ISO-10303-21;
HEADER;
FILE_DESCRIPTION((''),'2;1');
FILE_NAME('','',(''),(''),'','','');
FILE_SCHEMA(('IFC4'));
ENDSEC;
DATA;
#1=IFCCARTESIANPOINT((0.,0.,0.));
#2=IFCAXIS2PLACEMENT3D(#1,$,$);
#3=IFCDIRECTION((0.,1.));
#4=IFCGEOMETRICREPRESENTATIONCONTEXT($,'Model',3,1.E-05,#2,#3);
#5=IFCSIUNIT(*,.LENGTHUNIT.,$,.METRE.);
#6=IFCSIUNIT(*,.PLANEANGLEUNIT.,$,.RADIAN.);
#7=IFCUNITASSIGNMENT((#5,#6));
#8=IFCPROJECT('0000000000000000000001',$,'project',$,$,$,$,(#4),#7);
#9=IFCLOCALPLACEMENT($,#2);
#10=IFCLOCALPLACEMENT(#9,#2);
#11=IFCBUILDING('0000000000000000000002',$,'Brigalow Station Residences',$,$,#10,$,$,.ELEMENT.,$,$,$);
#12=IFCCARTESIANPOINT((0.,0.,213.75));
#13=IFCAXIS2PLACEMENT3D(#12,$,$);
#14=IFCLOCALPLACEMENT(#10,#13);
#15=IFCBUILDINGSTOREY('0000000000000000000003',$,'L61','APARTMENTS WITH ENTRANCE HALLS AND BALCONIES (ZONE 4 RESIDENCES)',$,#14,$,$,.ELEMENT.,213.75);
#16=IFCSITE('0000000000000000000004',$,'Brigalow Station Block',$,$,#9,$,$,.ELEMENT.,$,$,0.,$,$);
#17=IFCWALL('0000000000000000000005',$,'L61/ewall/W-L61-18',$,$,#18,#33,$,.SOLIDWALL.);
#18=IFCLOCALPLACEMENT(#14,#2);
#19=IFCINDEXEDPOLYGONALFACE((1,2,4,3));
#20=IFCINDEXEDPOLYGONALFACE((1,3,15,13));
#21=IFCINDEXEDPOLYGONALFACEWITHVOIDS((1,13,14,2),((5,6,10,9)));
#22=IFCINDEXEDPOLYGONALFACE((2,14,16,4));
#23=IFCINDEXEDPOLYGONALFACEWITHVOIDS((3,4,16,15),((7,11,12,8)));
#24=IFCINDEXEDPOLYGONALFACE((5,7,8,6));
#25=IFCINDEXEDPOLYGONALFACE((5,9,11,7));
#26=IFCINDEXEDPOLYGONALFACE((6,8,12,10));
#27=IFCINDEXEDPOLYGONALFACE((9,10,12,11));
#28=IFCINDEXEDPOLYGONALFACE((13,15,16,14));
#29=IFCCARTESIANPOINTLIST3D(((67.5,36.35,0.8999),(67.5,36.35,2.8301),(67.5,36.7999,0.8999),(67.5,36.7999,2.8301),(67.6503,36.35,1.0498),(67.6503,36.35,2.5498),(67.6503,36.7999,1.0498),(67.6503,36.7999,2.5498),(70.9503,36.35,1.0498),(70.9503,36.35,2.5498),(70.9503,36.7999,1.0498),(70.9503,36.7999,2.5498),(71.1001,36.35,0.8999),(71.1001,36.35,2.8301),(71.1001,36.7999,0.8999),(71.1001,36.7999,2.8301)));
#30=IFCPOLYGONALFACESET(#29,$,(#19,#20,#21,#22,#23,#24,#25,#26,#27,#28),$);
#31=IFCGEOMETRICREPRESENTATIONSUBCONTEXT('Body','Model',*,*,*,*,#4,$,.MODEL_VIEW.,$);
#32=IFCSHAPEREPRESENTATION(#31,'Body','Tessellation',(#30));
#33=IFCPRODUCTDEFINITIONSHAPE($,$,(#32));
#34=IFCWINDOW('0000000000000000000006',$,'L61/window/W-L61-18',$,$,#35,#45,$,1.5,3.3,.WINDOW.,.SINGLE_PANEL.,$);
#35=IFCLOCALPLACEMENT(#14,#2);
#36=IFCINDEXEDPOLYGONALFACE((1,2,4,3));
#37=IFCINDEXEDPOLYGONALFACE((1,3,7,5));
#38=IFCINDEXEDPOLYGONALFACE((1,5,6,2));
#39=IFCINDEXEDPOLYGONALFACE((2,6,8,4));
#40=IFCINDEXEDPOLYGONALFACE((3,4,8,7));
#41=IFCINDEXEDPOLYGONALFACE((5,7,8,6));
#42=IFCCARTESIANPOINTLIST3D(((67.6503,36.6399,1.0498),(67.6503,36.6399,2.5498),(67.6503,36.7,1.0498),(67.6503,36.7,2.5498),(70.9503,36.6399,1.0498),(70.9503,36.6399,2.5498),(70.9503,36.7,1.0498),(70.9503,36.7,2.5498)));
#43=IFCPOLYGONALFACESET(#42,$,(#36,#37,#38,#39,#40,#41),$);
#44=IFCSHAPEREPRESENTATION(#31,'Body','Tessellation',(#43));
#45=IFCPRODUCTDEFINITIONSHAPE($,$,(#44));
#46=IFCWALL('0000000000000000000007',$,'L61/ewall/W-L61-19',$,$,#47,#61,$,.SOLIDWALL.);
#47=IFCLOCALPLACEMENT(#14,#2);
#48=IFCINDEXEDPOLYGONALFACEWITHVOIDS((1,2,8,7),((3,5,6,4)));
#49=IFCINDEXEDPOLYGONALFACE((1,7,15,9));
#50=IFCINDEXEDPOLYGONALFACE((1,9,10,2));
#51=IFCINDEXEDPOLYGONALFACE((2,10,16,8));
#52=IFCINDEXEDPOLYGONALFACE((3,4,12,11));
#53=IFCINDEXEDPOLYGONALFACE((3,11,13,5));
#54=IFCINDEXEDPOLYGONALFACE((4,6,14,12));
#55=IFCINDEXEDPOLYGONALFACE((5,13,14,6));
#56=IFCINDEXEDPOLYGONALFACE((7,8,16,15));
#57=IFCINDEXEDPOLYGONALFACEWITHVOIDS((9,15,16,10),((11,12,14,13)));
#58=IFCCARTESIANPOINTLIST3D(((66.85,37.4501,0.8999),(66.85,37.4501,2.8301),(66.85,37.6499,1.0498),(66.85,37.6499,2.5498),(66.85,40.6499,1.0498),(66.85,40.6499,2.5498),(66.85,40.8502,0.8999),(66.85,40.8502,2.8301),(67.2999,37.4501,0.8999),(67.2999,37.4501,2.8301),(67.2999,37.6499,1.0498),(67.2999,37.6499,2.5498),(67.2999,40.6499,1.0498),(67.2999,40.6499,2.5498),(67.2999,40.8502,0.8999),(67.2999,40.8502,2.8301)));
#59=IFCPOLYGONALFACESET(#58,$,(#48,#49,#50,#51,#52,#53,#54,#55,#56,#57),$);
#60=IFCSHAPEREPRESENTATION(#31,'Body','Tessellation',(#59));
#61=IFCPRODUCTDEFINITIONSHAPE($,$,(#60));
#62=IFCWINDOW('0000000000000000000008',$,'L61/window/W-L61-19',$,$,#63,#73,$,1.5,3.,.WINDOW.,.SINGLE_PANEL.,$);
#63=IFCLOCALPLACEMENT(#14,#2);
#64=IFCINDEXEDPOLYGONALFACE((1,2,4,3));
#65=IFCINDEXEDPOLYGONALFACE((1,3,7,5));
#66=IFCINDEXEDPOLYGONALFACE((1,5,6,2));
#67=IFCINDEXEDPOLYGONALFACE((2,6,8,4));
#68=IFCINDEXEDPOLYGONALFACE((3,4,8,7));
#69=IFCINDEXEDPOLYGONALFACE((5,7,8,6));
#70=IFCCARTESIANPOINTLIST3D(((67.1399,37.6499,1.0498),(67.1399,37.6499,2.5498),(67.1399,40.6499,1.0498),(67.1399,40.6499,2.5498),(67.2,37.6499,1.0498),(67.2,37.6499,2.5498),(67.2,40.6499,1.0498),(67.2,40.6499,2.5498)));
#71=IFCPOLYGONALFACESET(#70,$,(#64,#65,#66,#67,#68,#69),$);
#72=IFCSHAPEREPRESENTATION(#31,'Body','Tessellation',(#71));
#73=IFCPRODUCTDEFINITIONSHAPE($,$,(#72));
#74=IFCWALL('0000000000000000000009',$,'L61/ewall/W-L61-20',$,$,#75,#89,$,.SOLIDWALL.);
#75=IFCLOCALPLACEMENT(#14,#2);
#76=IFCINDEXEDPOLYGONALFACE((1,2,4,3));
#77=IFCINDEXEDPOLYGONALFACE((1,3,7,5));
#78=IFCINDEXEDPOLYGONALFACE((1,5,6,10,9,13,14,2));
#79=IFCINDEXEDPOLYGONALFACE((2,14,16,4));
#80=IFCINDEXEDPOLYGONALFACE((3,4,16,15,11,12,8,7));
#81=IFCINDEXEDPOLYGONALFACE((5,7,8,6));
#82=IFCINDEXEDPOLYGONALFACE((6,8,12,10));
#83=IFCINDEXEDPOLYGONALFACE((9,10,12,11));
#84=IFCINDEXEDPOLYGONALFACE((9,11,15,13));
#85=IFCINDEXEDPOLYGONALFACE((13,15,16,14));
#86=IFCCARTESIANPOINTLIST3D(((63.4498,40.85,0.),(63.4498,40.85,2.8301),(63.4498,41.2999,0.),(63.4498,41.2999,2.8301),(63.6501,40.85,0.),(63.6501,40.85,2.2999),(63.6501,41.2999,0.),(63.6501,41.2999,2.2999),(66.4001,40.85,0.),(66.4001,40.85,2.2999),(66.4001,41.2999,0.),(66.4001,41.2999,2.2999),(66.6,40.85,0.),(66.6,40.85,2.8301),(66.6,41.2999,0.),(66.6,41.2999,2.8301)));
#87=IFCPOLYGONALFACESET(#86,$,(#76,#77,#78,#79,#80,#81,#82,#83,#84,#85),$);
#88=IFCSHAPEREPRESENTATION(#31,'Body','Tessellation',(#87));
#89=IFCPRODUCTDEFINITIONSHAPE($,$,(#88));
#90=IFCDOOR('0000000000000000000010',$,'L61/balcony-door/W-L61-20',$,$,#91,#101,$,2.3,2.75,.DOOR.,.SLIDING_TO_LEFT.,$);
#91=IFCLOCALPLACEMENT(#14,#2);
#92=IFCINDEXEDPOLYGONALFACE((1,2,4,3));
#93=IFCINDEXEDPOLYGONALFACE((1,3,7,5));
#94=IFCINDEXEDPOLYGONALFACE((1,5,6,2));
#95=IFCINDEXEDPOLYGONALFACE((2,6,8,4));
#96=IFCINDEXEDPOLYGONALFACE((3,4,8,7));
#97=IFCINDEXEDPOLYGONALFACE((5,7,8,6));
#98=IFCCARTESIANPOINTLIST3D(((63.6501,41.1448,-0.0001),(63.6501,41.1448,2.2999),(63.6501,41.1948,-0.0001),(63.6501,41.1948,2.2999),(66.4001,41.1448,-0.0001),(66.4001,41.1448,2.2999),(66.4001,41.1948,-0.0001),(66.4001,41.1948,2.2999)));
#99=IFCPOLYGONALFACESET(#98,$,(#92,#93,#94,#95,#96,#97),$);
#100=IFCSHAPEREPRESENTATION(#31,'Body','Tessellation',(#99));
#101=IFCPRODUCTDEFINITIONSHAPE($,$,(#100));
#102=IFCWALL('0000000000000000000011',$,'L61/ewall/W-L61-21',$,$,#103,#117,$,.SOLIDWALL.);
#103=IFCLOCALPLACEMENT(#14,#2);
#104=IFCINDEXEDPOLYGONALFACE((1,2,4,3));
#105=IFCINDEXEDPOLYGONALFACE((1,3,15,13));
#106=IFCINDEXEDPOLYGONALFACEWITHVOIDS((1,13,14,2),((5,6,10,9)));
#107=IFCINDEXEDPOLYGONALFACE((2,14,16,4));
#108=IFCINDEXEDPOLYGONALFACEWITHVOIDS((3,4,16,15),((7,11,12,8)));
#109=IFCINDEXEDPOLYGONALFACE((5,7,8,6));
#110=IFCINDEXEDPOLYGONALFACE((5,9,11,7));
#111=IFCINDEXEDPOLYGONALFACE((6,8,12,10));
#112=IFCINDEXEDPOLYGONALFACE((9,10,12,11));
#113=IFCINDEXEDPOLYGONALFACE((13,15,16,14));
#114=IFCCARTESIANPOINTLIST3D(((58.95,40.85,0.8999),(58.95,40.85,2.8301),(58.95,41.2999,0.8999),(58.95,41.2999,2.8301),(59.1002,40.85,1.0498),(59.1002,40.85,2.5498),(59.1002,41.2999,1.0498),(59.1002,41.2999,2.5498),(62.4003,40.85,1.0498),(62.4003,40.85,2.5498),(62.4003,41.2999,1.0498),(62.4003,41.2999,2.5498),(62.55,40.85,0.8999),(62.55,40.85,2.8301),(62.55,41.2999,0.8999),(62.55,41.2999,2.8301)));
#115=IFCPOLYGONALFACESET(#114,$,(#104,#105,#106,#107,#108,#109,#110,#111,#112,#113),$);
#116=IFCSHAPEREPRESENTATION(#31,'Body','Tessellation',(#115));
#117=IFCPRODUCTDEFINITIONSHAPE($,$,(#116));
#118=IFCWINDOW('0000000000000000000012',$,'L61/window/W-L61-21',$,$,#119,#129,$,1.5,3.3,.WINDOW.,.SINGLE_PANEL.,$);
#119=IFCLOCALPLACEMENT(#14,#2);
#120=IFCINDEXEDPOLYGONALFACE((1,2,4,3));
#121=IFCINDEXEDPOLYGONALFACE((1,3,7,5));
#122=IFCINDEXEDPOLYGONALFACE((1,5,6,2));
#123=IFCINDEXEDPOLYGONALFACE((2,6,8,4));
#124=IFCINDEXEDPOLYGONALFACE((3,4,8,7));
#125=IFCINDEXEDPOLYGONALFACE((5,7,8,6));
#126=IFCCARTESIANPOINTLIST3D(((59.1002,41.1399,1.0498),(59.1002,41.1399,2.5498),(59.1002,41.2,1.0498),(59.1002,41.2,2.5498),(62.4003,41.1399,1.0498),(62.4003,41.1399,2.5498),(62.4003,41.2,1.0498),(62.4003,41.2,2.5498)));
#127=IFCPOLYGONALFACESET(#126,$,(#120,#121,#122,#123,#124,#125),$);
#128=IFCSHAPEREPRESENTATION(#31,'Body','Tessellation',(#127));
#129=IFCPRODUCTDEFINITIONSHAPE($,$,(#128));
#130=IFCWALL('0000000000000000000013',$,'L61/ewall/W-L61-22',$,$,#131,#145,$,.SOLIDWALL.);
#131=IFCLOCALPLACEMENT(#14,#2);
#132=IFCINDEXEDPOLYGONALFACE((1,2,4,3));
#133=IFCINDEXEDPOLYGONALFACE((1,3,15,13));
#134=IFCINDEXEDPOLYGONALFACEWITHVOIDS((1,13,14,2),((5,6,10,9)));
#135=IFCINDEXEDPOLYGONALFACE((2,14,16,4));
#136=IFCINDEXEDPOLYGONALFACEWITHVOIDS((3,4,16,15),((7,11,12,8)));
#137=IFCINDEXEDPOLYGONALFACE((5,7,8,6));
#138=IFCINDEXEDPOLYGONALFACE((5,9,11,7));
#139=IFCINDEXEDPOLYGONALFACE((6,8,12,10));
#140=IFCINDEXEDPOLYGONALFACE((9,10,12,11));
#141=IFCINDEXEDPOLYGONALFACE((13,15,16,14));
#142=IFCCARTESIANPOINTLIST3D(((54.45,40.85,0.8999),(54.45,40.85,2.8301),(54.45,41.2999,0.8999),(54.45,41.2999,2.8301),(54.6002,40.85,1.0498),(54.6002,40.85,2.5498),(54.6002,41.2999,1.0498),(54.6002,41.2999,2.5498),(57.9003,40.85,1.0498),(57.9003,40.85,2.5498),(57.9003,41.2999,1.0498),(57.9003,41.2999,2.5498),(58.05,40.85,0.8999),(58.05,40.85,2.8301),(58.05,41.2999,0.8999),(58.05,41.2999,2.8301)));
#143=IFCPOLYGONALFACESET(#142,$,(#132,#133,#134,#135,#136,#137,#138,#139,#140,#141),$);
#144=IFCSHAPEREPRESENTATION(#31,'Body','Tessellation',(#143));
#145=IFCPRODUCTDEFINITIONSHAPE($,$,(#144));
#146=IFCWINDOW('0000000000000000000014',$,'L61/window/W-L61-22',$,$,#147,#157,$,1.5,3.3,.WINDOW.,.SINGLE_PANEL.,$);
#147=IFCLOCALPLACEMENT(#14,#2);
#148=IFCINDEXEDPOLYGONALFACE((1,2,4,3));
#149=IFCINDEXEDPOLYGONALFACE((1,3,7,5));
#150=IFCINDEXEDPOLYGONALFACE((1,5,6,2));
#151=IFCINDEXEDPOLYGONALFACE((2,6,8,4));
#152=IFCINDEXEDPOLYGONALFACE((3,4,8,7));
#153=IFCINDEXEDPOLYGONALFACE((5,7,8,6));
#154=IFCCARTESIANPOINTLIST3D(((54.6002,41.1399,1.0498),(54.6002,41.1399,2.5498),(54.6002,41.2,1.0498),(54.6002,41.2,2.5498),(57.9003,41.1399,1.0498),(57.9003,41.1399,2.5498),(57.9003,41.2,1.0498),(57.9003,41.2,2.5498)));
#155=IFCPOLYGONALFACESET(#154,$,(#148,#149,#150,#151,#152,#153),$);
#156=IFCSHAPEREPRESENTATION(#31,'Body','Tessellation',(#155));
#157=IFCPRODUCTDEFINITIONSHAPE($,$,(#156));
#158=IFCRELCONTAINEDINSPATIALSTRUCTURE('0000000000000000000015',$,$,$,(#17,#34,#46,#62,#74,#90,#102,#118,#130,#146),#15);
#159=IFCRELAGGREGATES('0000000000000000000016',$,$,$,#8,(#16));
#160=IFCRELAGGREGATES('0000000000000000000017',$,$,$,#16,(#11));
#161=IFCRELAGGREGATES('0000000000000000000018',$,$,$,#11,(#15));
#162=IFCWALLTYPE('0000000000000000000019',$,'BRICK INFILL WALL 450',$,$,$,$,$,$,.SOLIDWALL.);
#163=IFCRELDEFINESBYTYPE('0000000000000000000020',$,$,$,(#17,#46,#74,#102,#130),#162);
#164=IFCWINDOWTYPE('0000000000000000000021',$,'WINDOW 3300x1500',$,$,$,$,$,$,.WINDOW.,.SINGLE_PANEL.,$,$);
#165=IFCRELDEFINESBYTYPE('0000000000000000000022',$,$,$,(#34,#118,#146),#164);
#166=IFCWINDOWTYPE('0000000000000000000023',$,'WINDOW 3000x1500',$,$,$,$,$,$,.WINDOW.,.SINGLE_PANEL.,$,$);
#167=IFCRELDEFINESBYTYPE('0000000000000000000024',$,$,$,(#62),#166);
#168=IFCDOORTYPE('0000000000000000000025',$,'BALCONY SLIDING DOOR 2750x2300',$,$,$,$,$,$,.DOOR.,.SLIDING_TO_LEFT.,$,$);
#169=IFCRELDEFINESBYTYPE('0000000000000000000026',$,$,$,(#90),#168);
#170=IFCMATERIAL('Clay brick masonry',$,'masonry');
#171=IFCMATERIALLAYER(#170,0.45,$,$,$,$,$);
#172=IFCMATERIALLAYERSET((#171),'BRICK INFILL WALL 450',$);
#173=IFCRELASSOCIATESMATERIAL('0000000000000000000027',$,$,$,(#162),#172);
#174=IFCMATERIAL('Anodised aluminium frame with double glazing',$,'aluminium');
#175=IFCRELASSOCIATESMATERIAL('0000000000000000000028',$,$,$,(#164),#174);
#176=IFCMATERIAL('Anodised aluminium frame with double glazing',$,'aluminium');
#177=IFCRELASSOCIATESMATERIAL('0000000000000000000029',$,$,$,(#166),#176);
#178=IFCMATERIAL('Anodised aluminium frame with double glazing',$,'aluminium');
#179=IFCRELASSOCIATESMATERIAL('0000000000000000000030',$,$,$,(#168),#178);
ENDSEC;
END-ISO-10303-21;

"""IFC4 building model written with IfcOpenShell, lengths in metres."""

from ifc_helpers import new_model, si_unit, direction, frame, frame_2d, origin, place, context, subcontext, project, spatial, rectangle, extrude, material, layer, layer_set, type_object, element, fill, save


model = new_model("IFC4")

# Units and contexts
model_context = context("Model", 3, precision=1e-05, world=origin(), true_north=direction((0.0, 1.0)))
body_context = subcontext(model_context, "Body", "Model", "MODEL_VIEW")
ifc_project = project(units=[si_unit("LENGTHUNIT", "METRE"), si_unit("PLANEANGLEUNIT", "RADIAN")], contexts=[model_context])

# Site, building, storey
site_placement = place(None, origin())
site = spatial("IfcSite", under=ifc_project, at=site_placement, Name="Brigalow Station Block", CompositionType="ELEMENT", RefElevation=0.0)
building_placement = place(site_placement, origin())
building = spatial("IfcBuilding", under=site, at=building_placement, Name="Brigalow Station Residences", CompositionType="ELEMENT")
storey_placement = place(building_placement, frame((0.0, 0.0, 213.75)))
storey = spatial("IfcBuildingStorey", under=building, at=storey_placement, Name="L61", Description="APARTMENTS WITH ENTRANCE HALLS AND BALCONIES (ZONE 4 RESIDENCES)", CompositionType="ELEMENT", Elevation=213.75)

# Walls, openings, windows
ifc_material_1 = material(Name="Clay brick masonry", Category="masonry")
ifc_layer_1 = layer(ifc_material_1, 0.45)
ifc_layer_set_1 = layer_set([ifc_layer_1], Name="BRICK INFILL WALL 450")
wall_type_1 = type_object("IfcWallType", Name="BRICK INFILL WALL 450", PredefinedType="SOLIDWALL", material=ifc_layer_set_1)
wall_1_placement = place(storey_placement, frame((71.1001, 36.575, 0.8999), z_axis=(0.0, 0.0, 1.0), x_axis=(-1.0, 0.0, 0.0)))
wall_1 = element("IfcWall", 1, at=wall_1_placement, inside=storey, type_object=wall_type_1, Name="L61/ewall/W-L61-18", PredefinedType="SOLIDWALL", context=body_context, shape_type="SweptSolid", body=[
    extrude(rectangle(XDim=3.6001, YDim=0.45, at=frame_2d((1.8, 0.0))), origin(), (0.0, 0.0, 1.0), 1.9302),
])
opening_1_placement = place(wall_1_placement, frame((0.1499, 0.0, 0.1499)))
opening_1 = element("IfcOpeningElement", 2, at=opening_1_placement, cuts=wall_1, PredefinedType="OPENING", context=body_context, shape_type="SweptSolid", body=[
    extrude(rectangle(XDim=3.3, YDim=1.5, at=frame_2d((1.6499, 0.75))), frame((0.0, 0.2349, 0.0), z_axis=(0.0, -1.0, 0.0), x_axis=(1.0, 0.0, 0.0)), (0.0, 0.0, 1.0), 0.47),
])
ifc_material_2 = material(Name="Anodised aluminium frame with double glazing", Category="aluminium")
window_type_1 = type_object("IfcWindowType", Name="WINDOW 3300x1500", PartitioningType="SINGLE_PANEL", PredefinedType="WINDOW", material=ifc_material_2)
window_1_placement = place(opening_1_placement, origin())
window_1 = element("IfcWindow", 3, at=window_1_placement, inside=storey, type_object=window_type_1, Name="L61/window/W-L61-18", OverallHeight=1.5, OverallWidth=3.3, PartitioningType="SINGLE_PANEL", PredefinedType="WINDOW", context=body_context, shape_type="SweptSolid", body=[
    extrude(rectangle(XDim=3.3, YDim=1.5, at=frame_2d((1.6499, 0.75))), frame((0.0, -0.0649, 0.0), z_axis=(0.0, -1.0, 0.0), x_axis=(1.0, 0.0, 0.0)), (0.0, 0.0, 1.0), 0.0601),
])
fill(opening_1, window_1)
wall_2_placement = place(storey_placement, frame((67.075, 37.45, 0.8999), z_axis=(0.0, 0.0, 1.0), x_axis=(0.0, 1.0, 0.0)))
wall_2 = element("IfcWall", 4, at=wall_2_placement, inside=storey, type_object=wall_type_1, Name="L61/ewall/W-L61-19", PredefinedType="SOLIDWALL", context=body_context, shape_type="SweptSolid", body=[
    extrude(rectangle(XDim=3.4001, YDim=0.45, at=frame_2d((1.7002, 0.0))), origin(), (0.0, 0.0, 1.0), 1.9302),
])
opening_2_placement = place(wall_2_placement, frame((0.2, 0.0, 0.1499)))
opening_2 = element("IfcOpeningElement", 5, at=opening_2_placement, cuts=wall_2, PredefinedType="OPENING", context=body_context, shape_type="SweptSolid", body=[
    extrude(rectangle(XDim=3.0, YDim=1.5, at=frame_2d((1.5, 0.75))), frame((0.0, 0.2349, 0.0), z_axis=(0.0, -1.0, 0.0), x_axis=(1.0, 0.0, 0.0)), (0.0, 0.0, 1.0), 0.47),
])
ifc_material_3 = material(Name="Anodised aluminium frame with double glazing", Category="aluminium")
window_type_2 = type_object("IfcWindowType", Name="WINDOW 3000x1500", PartitioningType="SINGLE_PANEL", PredefinedType="WINDOW", material=ifc_material_3)
window_2_placement = place(opening_2_placement, origin())
window_2 = element("IfcWindow", 6, at=window_2_placement, inside=storey, type_object=window_type_2, Name="L61/window/W-L61-19", OverallHeight=1.5, OverallWidth=3.0, PartitioningType="SINGLE_PANEL", PredefinedType="WINDOW", context=body_context, shape_type="SweptSolid", body=[
    extrude(rectangle(XDim=3.0, YDim=1.5, at=frame_2d((1.5, 0.75))), frame((0.0, -0.0649, 0.0), z_axis=(0.0, -1.0, 0.0), x_axis=(1.0, 0.0, 0.0)), (0.0, 0.0, 1.0), 0.0601),
])
fill(opening_2, window_2)

# Wall, opening, door
wall_3_placement = place(storey_placement, frame((66.6001, 41.075, 0.0), z_axis=(0.0, 0.0, 1.0), x_axis=(-1.0, 0.0, 0.0)))
wall_3 = element("IfcWall", 7, at=wall_3_placement, inside=storey, type_object=wall_type_1, Name="L61/ewall/W-L61-20", PredefinedType="SOLIDWALL", context=body_context, shape_type="SweptSolid", body=[
    extrude(rectangle(XDim=3.1501, YDim=0.45, at=frame_2d((1.5752, 0.0))), origin(), (0.0, 0.0, 1.0), 2.8301),
])
opening_3_placement = place(wall_3_placement, frame((0.2, 0.0, 0.0)))
opening_3 = element("IfcOpeningElement", 8, at=opening_3_placement, cuts=wall_3, PredefinedType="OPENING", context=body_context, shape_type="SweptSolid", body=[
    extrude(rectangle(XDim=2.75, YDim=2.3, at=frame_2d((1.375, 1.1499))), frame((0.0, 0.2349, 0.0), z_axis=(0.0, -1.0, 0.0), x_axis=(1.0, 0.0, 0.0)), (0.0, 0.0, 1.0), 0.47),
])
ifc_material_4 = material(Name="Anodised aluminium frame with double glazing", Category="aluminium")
door_type_1 = type_object("IfcDoorType", Name="BALCONY SLIDING DOOR 2750x2300", OperationType="SLIDING_TO_LEFT", PredefinedType="DOOR", material=ifc_material_4)
door_1_placement = place(opening_3_placement, origin())
door_1 = element("IfcDoor", 9, at=door_1_placement, inside=storey, type_object=door_type_1, Name="L61/balcony-door/W-L61-20", OperationType="SLIDING_TO_LEFT", OverallHeight=2.3, OverallWidth=2.75, PredefinedType="DOOR", context=body_context, shape_type="SweptSolid", body=[
    extrude(rectangle(XDim=2.75, YDim=2.3, at=frame_2d((1.375, 1.1499))), frame((0.0, -0.0698, 0.0), z_axis=(0.0, -1.0, 0.0), x_axis=(1.0, 0.0, 0.0)), (0.0, 0.0, 1.0), 0.05),
])
fill(opening_3, door_1)

# Walls, openings, windows
wall_4_placement = place(storey_placement, frame((62.55, 41.075, 0.8999), z_axis=(0.0, 0.0, 1.0), x_axis=(-1.0, 0.0, 0.0)))
wall_4 = element("IfcWall", 10, at=wall_4_placement, inside=storey, type_object=wall_type_1, Name="L61/ewall/W-L61-21", PredefinedType="SOLIDWALL", context=body_context, shape_type="SweptSolid", body=[
    extrude(rectangle(XDim=3.6001, YDim=0.45, at=frame_2d((1.8, 0.0))), origin(), (0.0, 0.0, 1.0), 1.9302),
])
opening_4_placement = place(wall_4_placement, frame((0.1499, 0.0, 0.1499)))
opening_4 = element("IfcOpeningElement", 11, at=opening_4_placement, cuts=wall_4, PredefinedType="OPENING", context=body_context, shape_type="SweptSolid", body=[
    extrude(rectangle(XDim=3.3, YDim=1.5, at=frame_2d((1.6499, 0.75))), frame((0.0, 0.2349, 0.0), z_axis=(0.0, -1.0, 0.0), x_axis=(1.0, 0.0, 0.0)), (0.0, 0.0, 1.0), 0.47),
])
window_3_placement = place(opening_4_placement, origin())
window_3 = element("IfcWindow", 12, at=window_3_placement, inside=storey, type_object=window_type_1, Name="L61/window/W-L61-21", OverallHeight=1.5, OverallWidth=3.3, PartitioningType="SINGLE_PANEL", PredefinedType="WINDOW", context=body_context, shape_type="SweptSolid", body=[
    extrude(rectangle(XDim=3.3, YDim=1.5, at=frame_2d((1.6499, 0.75))), frame((0.0, -0.0649, 0.0), z_axis=(0.0, -1.0, 0.0), x_axis=(1.0, 0.0, 0.0)), (0.0, 0.0, 1.0), 0.0601),
])
fill(opening_4, window_3)
wall_5_placement = place(storey_placement, frame((58.05, 41.075, 0.8999), z_axis=(0.0, 0.0, 1.0), x_axis=(-1.0, 0.0, 0.0)))
wall_5 = element("IfcWall", 13, at=wall_5_placement, inside=storey, type_object=wall_type_1, Name="L61/ewall/W-L61-22", PredefinedType="SOLIDWALL", context=body_context, shape_type="SweptSolid", body=[
    extrude(rectangle(XDim=3.6001, YDim=0.45, at=frame_2d((1.8, 0.0))), origin(), (0.0, 0.0, 1.0), 1.9302),
])
opening_5_placement = place(wall_5_placement, frame((0.1499, 0.0, 0.1499)))
opening_5 = element("IfcOpeningElement", 14, at=opening_5_placement, cuts=wall_5, PredefinedType="OPENING", context=body_context, shape_type="SweptSolid", body=[
    extrude(rectangle(XDim=3.3, YDim=1.5, at=frame_2d((1.6499, 0.75))), frame((0.0, 0.2349, 0.0), z_axis=(0.0, -1.0, 0.0), x_axis=(1.0, 0.0, 0.0)), (0.0, 0.0, 1.0), 0.47),
])
window_4_placement = place(opening_5_placement, origin())
window_4 = element("IfcWindow", 15, at=window_4_placement, inside=storey, type_object=window_type_1, Name="L61/window/W-L61-22", OverallHeight=1.5, OverallWidth=3.3, PartitioningType="SINGLE_PANEL", PredefinedType="WINDOW", context=body_context, shape_type="SweptSolid", body=[
    extrude(rectangle(XDim=3.3, YDim=1.5, at=frame_2d((1.6499, 0.75))), frame((0.0, -0.0649, 0.0), z_axis=(0.0, -1.0, 0.0), x_axis=(1.0, 0.0, 0.0)), (0.0, 0.0, 1.0), 0.0601),
])
fill(opening_5, window_4)

save(model, "model.ifc")
